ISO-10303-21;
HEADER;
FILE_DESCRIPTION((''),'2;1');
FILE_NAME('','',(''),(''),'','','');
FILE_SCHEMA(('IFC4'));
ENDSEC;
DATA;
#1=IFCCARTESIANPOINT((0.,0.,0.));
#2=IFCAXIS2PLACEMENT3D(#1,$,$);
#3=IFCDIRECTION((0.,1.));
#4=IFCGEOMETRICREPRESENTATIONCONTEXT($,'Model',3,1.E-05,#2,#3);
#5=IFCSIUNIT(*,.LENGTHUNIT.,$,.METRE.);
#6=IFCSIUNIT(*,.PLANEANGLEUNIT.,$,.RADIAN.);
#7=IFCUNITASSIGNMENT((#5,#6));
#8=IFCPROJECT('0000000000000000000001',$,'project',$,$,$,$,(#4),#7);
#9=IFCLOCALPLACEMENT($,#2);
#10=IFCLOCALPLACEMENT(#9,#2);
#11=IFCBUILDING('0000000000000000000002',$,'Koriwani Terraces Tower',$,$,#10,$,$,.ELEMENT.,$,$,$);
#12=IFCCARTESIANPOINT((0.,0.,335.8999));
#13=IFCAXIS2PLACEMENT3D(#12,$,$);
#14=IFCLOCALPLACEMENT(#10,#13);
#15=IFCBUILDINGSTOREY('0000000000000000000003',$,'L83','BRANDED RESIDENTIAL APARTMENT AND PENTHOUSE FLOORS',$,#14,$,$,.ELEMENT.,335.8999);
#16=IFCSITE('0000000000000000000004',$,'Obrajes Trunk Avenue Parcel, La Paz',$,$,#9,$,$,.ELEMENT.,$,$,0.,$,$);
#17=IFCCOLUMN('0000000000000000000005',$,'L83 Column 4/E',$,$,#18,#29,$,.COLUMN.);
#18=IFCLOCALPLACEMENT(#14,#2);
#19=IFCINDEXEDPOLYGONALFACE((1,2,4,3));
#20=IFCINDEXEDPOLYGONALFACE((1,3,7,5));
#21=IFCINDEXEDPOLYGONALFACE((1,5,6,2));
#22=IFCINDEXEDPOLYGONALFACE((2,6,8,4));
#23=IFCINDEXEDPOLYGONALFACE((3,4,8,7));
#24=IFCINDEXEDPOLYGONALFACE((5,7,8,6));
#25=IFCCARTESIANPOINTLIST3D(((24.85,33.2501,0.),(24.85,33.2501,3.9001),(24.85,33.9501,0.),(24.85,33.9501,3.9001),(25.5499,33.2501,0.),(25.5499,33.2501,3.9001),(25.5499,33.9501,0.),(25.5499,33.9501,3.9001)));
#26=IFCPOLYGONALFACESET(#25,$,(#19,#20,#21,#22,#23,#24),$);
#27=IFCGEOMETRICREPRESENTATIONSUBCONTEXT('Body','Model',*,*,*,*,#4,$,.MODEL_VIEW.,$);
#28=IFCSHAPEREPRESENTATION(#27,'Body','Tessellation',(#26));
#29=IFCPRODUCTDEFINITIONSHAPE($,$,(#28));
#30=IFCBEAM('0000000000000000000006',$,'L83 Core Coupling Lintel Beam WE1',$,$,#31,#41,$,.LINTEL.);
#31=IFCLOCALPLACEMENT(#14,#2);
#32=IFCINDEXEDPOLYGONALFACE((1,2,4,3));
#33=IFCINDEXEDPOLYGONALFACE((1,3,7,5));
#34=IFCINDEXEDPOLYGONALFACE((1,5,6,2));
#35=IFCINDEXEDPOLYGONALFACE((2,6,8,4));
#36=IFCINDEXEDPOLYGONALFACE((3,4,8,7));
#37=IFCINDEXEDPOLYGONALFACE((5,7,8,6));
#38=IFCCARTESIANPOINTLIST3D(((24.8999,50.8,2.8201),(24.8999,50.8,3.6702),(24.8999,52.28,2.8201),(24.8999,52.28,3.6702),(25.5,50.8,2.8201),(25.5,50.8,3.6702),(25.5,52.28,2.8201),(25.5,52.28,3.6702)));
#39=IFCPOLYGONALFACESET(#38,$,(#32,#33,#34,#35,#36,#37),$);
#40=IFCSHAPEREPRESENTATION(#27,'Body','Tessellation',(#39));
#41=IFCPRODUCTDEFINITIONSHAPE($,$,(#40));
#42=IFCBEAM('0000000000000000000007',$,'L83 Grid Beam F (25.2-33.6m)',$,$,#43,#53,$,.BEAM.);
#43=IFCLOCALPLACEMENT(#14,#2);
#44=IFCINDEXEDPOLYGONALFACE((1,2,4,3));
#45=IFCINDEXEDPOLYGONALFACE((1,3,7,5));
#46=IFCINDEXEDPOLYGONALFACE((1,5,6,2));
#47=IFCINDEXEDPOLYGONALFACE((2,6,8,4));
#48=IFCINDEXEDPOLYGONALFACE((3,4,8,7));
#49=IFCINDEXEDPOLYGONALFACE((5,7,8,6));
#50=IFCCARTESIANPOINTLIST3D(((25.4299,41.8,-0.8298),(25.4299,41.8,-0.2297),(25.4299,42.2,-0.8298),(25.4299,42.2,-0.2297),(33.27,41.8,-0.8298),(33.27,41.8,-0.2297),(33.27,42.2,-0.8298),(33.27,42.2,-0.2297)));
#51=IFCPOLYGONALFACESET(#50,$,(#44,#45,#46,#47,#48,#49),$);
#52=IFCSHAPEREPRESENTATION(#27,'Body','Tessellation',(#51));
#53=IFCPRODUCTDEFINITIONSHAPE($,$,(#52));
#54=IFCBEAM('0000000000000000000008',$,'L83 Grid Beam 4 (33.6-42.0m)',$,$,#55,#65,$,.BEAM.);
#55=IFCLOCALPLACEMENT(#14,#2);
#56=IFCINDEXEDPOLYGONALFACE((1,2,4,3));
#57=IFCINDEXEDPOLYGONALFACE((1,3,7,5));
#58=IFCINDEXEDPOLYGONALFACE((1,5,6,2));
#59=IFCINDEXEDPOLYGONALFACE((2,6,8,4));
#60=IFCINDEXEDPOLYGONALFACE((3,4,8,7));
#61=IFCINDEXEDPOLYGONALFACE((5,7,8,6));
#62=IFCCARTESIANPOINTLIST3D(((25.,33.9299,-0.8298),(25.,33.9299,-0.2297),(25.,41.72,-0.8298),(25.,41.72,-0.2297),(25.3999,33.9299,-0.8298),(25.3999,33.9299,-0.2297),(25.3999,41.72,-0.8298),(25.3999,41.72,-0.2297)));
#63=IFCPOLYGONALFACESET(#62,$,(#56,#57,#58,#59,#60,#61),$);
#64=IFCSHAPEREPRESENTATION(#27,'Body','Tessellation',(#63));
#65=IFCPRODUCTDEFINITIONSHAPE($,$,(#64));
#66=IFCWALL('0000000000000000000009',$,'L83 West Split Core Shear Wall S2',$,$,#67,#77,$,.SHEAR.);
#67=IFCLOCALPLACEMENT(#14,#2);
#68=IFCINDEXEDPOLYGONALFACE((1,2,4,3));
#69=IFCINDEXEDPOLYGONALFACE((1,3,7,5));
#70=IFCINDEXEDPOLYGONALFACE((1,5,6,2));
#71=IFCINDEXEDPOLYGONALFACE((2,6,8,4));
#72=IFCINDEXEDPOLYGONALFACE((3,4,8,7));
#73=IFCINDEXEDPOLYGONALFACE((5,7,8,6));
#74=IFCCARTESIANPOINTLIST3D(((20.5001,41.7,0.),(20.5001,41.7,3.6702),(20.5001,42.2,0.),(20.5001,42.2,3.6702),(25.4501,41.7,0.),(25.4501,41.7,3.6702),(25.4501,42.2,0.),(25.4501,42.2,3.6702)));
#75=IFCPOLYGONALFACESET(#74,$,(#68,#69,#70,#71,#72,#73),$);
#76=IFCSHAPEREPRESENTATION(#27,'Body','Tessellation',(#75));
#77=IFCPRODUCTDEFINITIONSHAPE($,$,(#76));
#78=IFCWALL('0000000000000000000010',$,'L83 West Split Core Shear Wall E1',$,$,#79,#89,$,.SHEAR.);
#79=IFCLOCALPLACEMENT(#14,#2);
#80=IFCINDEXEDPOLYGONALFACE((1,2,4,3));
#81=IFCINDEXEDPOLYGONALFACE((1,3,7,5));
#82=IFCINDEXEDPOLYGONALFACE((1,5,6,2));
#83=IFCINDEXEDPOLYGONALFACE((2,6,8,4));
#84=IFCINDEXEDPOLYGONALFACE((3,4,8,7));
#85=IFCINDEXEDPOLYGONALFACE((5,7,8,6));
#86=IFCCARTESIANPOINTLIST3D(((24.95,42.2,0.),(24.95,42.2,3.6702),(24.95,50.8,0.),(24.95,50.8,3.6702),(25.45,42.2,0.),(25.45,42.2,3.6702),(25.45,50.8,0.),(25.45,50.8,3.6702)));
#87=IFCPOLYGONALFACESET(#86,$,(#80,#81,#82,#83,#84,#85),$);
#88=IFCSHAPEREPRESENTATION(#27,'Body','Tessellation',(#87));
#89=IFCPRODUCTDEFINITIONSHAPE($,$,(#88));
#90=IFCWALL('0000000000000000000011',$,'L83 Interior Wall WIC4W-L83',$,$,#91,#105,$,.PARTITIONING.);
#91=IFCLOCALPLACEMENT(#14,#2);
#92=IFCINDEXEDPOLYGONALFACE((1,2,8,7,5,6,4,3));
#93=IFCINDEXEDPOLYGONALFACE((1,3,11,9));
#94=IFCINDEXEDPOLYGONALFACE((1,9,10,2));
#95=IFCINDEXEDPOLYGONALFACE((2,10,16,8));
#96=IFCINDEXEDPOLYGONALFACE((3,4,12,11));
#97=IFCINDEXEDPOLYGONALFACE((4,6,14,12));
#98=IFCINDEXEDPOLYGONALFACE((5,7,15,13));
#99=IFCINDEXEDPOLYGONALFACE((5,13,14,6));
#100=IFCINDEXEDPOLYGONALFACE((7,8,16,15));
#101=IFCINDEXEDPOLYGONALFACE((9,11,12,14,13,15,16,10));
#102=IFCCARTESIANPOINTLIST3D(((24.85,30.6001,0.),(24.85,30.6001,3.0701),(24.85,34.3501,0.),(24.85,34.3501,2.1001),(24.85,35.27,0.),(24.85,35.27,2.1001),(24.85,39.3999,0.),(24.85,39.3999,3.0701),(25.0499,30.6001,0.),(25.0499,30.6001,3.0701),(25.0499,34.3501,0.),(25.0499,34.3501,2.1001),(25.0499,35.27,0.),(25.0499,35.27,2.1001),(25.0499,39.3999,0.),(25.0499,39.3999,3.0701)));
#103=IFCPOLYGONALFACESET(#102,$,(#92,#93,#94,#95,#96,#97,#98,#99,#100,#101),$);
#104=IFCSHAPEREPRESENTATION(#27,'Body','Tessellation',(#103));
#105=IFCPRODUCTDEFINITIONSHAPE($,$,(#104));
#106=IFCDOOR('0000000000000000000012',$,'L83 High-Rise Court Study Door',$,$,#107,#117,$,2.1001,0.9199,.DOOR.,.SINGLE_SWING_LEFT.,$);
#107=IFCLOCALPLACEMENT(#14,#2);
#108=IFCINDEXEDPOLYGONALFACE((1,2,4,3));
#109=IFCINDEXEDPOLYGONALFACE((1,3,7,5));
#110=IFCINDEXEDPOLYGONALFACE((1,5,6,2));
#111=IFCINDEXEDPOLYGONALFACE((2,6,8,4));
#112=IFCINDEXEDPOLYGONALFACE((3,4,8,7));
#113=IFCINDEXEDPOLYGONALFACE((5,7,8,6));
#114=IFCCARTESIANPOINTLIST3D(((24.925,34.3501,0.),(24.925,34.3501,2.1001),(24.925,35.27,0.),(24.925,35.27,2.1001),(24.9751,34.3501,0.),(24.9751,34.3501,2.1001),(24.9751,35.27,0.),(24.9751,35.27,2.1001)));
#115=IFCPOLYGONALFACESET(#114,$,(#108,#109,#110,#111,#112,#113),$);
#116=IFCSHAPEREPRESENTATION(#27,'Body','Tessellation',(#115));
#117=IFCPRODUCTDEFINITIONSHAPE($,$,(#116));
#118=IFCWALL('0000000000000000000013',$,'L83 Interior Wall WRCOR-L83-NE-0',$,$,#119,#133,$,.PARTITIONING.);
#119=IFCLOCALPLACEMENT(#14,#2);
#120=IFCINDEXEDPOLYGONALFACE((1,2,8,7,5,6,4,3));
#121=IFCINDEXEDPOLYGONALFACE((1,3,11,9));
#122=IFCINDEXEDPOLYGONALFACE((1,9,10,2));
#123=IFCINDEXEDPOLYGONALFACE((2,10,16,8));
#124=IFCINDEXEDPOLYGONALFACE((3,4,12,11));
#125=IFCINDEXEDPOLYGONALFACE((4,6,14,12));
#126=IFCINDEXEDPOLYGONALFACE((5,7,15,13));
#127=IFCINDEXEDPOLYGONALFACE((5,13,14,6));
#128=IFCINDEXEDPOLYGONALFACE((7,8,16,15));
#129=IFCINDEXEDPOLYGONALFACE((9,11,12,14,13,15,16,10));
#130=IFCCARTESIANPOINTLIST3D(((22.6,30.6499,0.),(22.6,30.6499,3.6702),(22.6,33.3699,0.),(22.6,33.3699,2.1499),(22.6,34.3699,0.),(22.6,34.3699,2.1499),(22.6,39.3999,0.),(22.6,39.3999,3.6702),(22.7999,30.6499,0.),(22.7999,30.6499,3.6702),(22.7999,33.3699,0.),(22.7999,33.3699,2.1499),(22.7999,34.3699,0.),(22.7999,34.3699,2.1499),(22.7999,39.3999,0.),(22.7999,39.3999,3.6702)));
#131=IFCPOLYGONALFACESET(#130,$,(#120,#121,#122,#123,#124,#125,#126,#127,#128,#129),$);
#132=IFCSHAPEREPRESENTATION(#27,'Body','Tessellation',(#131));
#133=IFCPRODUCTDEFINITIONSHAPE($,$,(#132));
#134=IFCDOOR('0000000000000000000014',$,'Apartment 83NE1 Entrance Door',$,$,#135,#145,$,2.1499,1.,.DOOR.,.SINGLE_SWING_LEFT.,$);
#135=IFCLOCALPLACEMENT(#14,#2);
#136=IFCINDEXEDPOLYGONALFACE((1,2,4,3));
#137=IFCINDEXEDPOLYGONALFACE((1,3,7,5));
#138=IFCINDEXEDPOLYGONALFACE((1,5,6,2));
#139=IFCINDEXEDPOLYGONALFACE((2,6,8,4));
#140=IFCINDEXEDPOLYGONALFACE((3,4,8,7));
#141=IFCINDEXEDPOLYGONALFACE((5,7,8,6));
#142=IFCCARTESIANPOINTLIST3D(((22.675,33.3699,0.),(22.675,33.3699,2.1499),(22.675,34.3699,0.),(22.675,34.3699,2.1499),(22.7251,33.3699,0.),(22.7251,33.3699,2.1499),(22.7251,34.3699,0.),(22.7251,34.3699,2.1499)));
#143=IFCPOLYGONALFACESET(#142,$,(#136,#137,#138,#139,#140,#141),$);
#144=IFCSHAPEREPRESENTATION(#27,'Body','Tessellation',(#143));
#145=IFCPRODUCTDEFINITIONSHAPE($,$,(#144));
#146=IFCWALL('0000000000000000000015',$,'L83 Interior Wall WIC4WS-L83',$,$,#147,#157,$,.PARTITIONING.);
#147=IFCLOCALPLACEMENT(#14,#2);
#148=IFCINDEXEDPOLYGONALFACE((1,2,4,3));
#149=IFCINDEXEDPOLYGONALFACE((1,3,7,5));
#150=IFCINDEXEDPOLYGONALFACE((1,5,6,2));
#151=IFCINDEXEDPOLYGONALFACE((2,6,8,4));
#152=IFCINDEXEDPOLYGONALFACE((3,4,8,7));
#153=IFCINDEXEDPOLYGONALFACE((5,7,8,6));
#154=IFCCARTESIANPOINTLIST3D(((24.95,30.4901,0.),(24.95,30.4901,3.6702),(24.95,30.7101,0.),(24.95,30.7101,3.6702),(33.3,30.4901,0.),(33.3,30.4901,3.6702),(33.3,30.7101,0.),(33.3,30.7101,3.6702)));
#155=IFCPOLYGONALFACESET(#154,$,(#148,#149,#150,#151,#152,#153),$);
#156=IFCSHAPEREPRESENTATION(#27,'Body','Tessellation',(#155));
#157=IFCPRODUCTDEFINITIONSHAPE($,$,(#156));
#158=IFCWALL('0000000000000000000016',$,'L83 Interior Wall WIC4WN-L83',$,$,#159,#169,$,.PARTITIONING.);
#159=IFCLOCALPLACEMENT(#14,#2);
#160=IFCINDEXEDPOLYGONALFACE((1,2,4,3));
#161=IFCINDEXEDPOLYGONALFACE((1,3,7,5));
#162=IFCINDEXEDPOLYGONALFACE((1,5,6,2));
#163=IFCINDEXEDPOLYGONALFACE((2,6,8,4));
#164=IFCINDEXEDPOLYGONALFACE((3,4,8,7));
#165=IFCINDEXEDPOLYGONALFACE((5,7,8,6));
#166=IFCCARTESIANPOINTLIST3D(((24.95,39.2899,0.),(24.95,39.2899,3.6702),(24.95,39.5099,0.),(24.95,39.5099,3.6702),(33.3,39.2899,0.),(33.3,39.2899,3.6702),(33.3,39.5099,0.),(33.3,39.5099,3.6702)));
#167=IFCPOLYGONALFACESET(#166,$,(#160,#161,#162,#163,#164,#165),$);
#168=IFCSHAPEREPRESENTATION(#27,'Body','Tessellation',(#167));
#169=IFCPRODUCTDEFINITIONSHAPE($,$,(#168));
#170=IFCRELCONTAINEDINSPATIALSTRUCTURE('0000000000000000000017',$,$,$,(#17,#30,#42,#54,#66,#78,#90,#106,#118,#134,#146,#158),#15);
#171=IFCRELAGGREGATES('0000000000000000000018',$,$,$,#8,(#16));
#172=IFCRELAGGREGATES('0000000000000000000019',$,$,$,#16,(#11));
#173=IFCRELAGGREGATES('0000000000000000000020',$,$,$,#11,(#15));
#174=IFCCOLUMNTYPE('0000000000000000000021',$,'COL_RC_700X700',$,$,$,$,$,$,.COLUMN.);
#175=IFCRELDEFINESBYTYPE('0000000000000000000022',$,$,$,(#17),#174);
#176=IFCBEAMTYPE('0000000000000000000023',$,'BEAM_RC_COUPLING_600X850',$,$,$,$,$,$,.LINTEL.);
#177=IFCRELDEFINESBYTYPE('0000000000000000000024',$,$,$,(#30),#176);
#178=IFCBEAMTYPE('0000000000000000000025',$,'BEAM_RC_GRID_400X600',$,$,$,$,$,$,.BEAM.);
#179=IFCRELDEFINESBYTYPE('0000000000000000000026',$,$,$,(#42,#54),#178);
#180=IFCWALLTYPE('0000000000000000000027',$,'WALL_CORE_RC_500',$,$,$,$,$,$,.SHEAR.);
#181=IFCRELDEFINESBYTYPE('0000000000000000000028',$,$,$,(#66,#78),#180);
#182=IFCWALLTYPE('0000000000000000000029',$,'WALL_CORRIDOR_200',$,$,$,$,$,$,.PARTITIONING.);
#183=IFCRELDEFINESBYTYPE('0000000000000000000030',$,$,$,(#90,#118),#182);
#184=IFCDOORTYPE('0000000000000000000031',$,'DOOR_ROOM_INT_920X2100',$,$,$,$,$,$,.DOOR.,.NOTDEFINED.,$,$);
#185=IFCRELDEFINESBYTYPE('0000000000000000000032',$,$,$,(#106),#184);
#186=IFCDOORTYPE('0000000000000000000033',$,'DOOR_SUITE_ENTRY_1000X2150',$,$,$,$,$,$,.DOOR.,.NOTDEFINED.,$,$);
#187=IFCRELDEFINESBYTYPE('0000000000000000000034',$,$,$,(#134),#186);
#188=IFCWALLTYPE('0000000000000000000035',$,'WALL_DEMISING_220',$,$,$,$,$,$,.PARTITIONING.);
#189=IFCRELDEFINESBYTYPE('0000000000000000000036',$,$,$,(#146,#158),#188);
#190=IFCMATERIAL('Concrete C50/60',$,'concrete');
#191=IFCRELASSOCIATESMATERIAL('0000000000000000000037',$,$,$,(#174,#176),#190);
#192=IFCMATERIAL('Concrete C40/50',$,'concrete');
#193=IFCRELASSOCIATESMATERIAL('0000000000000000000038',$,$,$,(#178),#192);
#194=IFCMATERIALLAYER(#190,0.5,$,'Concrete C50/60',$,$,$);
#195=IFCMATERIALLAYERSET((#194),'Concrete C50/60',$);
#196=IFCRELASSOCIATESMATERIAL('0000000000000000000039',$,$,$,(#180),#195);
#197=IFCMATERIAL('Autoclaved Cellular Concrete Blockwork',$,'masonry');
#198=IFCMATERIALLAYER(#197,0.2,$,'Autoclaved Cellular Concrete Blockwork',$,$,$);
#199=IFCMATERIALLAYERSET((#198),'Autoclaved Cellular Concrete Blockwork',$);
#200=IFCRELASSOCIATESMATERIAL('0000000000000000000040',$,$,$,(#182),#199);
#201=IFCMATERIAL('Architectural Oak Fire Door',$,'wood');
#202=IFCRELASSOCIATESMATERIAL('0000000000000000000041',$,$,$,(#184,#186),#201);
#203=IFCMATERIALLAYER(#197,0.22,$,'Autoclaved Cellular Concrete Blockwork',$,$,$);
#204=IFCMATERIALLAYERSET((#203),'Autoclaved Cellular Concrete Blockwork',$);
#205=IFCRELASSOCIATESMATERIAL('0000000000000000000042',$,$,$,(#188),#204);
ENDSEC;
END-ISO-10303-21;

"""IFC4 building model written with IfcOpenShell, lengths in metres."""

from ifc_helpers import new_model, si_unit, direction, frame, frame_2d, origin, origin_2d, place, context, subcontext, project, spatial, rectangle, extrude, material, layer, layer_set, material_profile, profile_set, type_object, element, fill, save


model = new_model("IFC4")

# Units and contexts
model_context = context("Model", 3, precision=1e-05, world=origin(), true_north=direction((0.0, 1.0)))
body_context = subcontext(model_context, "Body", "Model", "MODEL_VIEW")
ifc_project = project(units=[si_unit("LENGTHUNIT", "METRE"), si_unit("PLANEANGLEUNIT", "RADIAN")], contexts=[model_context])

# Site, building, storey
site_placement = place(None, origin())
site = spatial("IfcSite", under=ifc_project, at=site_placement, Name="Obrajes Trunk Avenue Parcel, La Paz", CompositionType="ELEMENT", RefElevation=0.0)
building_placement = place(site_placement, origin())
building = spatial("IfcBuilding", under=site, at=building_placement, Name="Koriwani Terraces Tower", CompositionType="ELEMENT")
storey_placement = place(building_placement, frame((0.0, 0.0, 335.8999)))
storey = spatial("IfcBuildingStorey", under=building, at=storey_placement, Name="L83", Description="BRANDED RESIDENTIAL APARTMENT AND PENTHOUSE FLOORS", CompositionType="ELEMENT", Elevation=335.8999)

# Column
ifc_material_1 = material(Name="Concrete C50/60", Category="concrete")
ifc_material_profile_1 = material_profile(ifc_material_1, rectangle(XDim=0.7, YDim=0.7, at=origin_2d()), Name="Concrete C50/60", Category="LoadBearing")
ifc_profile_set_1 = profile_set([ifc_material_profile_1], Name="Concrete C50/60")
column_type = type_object("IfcColumnType", Name="COL_RC_700X700", PredefinedType="COLUMN", material=ifc_profile_set_1)
column_placement = place(storey_placement, frame((25.2, 33.6001, 0.0), z_axis=(0.0, 0.0, 1.0), x_axis=(1.0, 0.0, 0.0)))
element("IfcColumn", 1, at=column_placement, inside=storey, type_object=column_type, Name="L83 Column 4/E", PredefinedType="COLUMN", context=body_context, shape_type="SweptSolid", body=[
    extrude(rectangle(XDim=0.7, YDim=0.7, at=origin_2d()), origin(), (0.0, 0.0, 1.0), 3.9001),
])

# Beams
ifc_material_profile_2 = material_profile(ifc_material_1, rectangle(XDim=0.6001, YDim=0.8501, at=origin_2d()), Name="Concrete C50/60", Category="LoadBearing")
ifc_profile_set_2 = profile_set([ifc_material_profile_2], Name="Concrete C50/60")
beam_type_1 = type_object("IfcBeamType", Name="BEAM_RC_COUPLING_600X850", PredefinedType="LINTEL", material=ifc_profile_set_2)
beam_1_placement = place(storey_placement, frame((25.2, 50.8, 3.2451), z_axis=(0.0, 1.0, 0.0), x_axis=(-1.0, 0.0, 0.0)))
element("IfcBeam", 2, at=beam_1_placement, inside=storey, type_object=beam_type_1, Name="L83 Core Coupling Lintel Beam WE1", PredefinedType="LINTEL", context=body_context, shape_type="SweptSolid", body=[
    extrude(rectangle(XDim=0.6001, YDim=0.8501, at=origin_2d()), origin(), (0.0, 0.0, 1.0), 1.48),
])
ifc_material_2 = material(Name="Concrete C40/50", Category="concrete")
ifc_material_profile_3 = material_profile(ifc_material_2, rectangle(XDim=0.3999, YDim=0.6001, at=origin_2d()), Name="Concrete C40/50", Category="LoadBearing")
ifc_profile_set_3 = profile_set([ifc_material_profile_3], Name="Concrete C40/50")
beam_type_2 = type_object("IfcBeamType", Name="BEAM_RC_GRID_400X600", PredefinedType="BEAM", material=ifc_profile_set_3)
beam_2_placement = place(storey_placement, frame((25.4299, 42.0, -0.5298), z_axis=(1.0, 0.0, 0.0), x_axis=(0.0, 1.0, 0.0)))
element("IfcBeam", 3, at=beam_2_placement, inside=storey, type_object=beam_type_2, Name="L83 Grid Beam F (25.2-33.6m)", PredefinedType="BEAM", context=body_context, shape_type="SweptSolid", body=[
    extrude(rectangle(XDim=0.3999, YDim=0.6001, at=origin_2d()), origin(), (0.0, 0.0, 1.0), 7.8401),
])
beam_3_placement = place(storey_placement, frame((25.2, 33.9299, -0.5298), z_axis=(0.0, 1.0, 0.0), x_axis=(-1.0, 0.0, 0.0)))
element("IfcBeam", 4, at=beam_3_placement, inside=storey, type_object=beam_type_2, Name="L83 Grid Beam 4 (33.6-42.0m)", PredefinedType="BEAM", context=body_context, shape_type="SweptSolid", body=[
    extrude(rectangle(XDim=0.3999, YDim=0.6001, at=origin_2d()), origin(), (0.0, 0.0, 1.0), 7.79),
])

# Walls
ifc_layer_1 = layer(ifc_material_1, 0.5, Name="Concrete C50/60")
ifc_layer_set_1 = layer_set([ifc_layer_1], Name="Concrete C50/60")
wall_type_1 = type_object("IfcWallType", Name="WALL_CORE_RC_500", PredefinedType="SHEAR", material=ifc_layer_set_1)
wall_1_placement = place(storey_placement, frame((20.5, 41.95, 0.0), z_axis=(0.0, 0.0, 1.0), x_axis=(1.0, 0.0, 0.0)))
element("IfcWall", 5, at=wall_1_placement, inside=storey, type_object=wall_type_1, Name="L83 West Split Core Shear Wall S2", PredefinedType="SHEAR", context=body_context, shape_type="SweptSolid", body=[
    extrude(rectangle(XDim=4.95, YDim=0.5, at=frame_2d((2.4751, 0.0))), origin(), (0.0, 0.0, 1.0), 3.6702),
])
wall_2_placement = place(storey_placement, frame((25.2, 42.2, 0.0), z_axis=(0.0, 0.0, 1.0), x_axis=(0.0, 1.0, 0.0)))
element("IfcWall", 6, at=wall_2_placement, inside=storey, type_object=wall_type_1, Name="L83 West Split Core Shear Wall E1", PredefinedType="SHEAR", context=body_context, shape_type="SweptSolid", body=[
    extrude(rectangle(XDim=8.6001, YDim=0.5, at=frame_2d((4.3, 0.0))), origin(), (0.0, 0.0, 1.0), 3.6702),
])

# Walls, openings, doors
ifc_material_3 = material(Name="Autoclaved Cellular Concrete Blockwork", Category="masonry")
ifc_layer_2 = layer(ifc_material_3, 0.2, Name="Autoclaved Cellular Concrete Blockwork")
ifc_layer_set_2 = layer_set([ifc_layer_2], Name="Autoclaved Cellular Concrete Blockwork")
wall_type_2 = type_object("IfcWallType", Name="WALL_CORRIDOR_200", PredefinedType="PARTITIONING", material=ifc_layer_set_2)
wall_3_placement = place(storey_placement, frame((24.95, 30.6001, 0.0), z_axis=(0.0, 0.0, 1.0), x_axis=(0.0, 1.0, 0.0)))
wall_3 = element("IfcWall", 7, at=wall_3_placement, inside=storey, type_object=wall_type_2, Name="L83 Interior Wall WIC4W-L83", PredefinedType="PARTITIONING", context=body_context, shape_type="SweptSolid", body=[
    extrude(rectangle(XDim=8.7998, YDim=0.2, at=frame_2d((4.3999, 0.0))), origin(), (0.0, 0.0, 1.0), 3.0701),
])
opening_1_placement = place(wall_3_placement, frame((3.75, 0.0, 0.0)))
opening_1 = element("IfcOpeningElement", 8, at=opening_1_placement, cuts=wall_3, PredefinedType="OPENING", context=body_context, shape_type="SweptSolid", body=[
    extrude(rectangle(XDim=0.9199, YDim=2.1001, at=frame_2d((0.46, 1.05))), frame((0.0, 0.1099, 0.0), z_axis=(0.0, -1.0, 0.0), x_axis=(1.0, 0.0, 0.0)), (0.0, 0.0, 1.0), 0.22),
])
ifc_material_4 = material(Name="Architectural Oak Fire Door", Category="wood")
door_type_1 = type_object("IfcDoorType", Name="DOOR_ROOM_INT_920X2100", OperationType="NOTDEFINED", PredefinedType="DOOR", material=ifc_material_4)
door_1_placement = place(opening_1_placement, origin())
door_1 = element("IfcDoor", 9, at=door_1_placement, inside=storey, type_object=door_type_1, Name="L83 High-Rise Court Study Door", OperationType="SINGLE_SWING_LEFT", OverallHeight=2.1001, OverallWidth=0.9199, PredefinedType="DOOR", context=body_context, shape_type="SweptSolid", body=[
    extrude(rectangle(XDim=0.9199, YDim=2.1001, at=frame_2d((0.46, 1.05))), frame((0.0, 0.0249, 0.0), z_axis=(0.0, -1.0, 0.0), x_axis=(1.0, 0.0, 0.0)), (0.0, 0.0, 1.0), 0.05),
])
fill(opening_1, door_1)
wall_4_placement = place(storey_placement, frame((22.7, 30.6499, 0.0), z_axis=(0.0, 0.0, 1.0), x_axis=(0.0, 1.0, 0.0)))
wall_4 = element("IfcWall", 10, at=wall_4_placement, inside=storey, type_object=wall_type_2, Name="L83 Interior Wall WRCOR-L83-NE-0", PredefinedType="PARTITIONING", context=body_context, shape_type="SweptSolid", body=[
    extrude(rectangle(XDim=8.75, YDim=0.2, at=frame_2d((4.375, 0.0))), origin(), (0.0, 0.0, 1.0), 3.6702),
])
opening_2_placement = place(wall_4_placement, frame((2.72, 0.0, 0.0)))
opening_2 = element("IfcOpeningElement", 11, at=opening_2_placement, cuts=wall_4, PredefinedType="OPENING", context=body_context, shape_type="SweptSolid", body=[
    extrude(rectangle(XDim=1.0, YDim=2.1499, at=frame_2d((0.5, 1.075))), frame((0.0, 0.1099, 0.0), z_axis=(0.0, -1.0, 0.0), x_axis=(1.0, 0.0, 0.0)), (0.0, 0.0, 1.0), 0.22),
])
door_type_2 = type_object("IfcDoorType", Name="DOOR_SUITE_ENTRY_1000X2150", OperationType="NOTDEFINED", PredefinedType="DOOR", material=ifc_material_4)
door_2_placement = place(opening_2_placement, origin())
door_2 = element("IfcDoor", 12, at=door_2_placement, inside=storey, type_object=door_type_2, Name="Apartment 83NE1 Entrance Door", OperationType="SINGLE_SWING_LEFT", OverallHeight=2.1499, OverallWidth=1.0, PredefinedType="DOOR", context=body_context, shape_type="SweptSolid", body=[
    extrude(rectangle(XDim=1.0, YDim=2.1499, at=frame_2d((0.5, 1.075))), frame((0.0, 0.0249, 0.0), z_axis=(0.0, -1.0, 0.0), x_axis=(1.0, 0.0, 0.0)), (0.0, 0.0, 1.0), 0.05),
])
fill(opening_2, door_2)

# Walls
ifc_layer_3 = layer(ifc_material_3, 0.22, Name="Autoclaved Cellular Concrete Blockwork")
ifc_layer_set_3 = layer_set([ifc_layer_3], Name="Autoclaved Cellular Concrete Blockwork")
wall_type_3 = type_object("IfcWallType", Name="WALL_DEMISING_220", PredefinedType="PARTITIONING", material=ifc_layer_set_3)
for number, where, z_axis, x_axis, name in (
    (13, (24.95, 30.6001, 0.0), (0.0, 0.0, 1.0), (1.0, 0.0, 0.0), "L83 Interior Wall WIC4WS-L83"),
    (14, (24.95, 39.3999, 0.0), (0.0, 0.0, 1.0), (1.0, 0.0, 0.0), "L83 Interior Wall WIC4WN-L83"),
):
    element("IfcWall", number, at=place(storey_placement, frame(where, z_axis=z_axis, x_axis=x_axis)), inside=storey, type_object=wall_type_3, Name=name, PredefinedType="PARTITIONING", context=body_context, shape_type="SweptSolid", body=[
        extrude(rectangle(XDim=8.3501, YDim=0.22, at=frame_2d((4.175, 0.0))), origin(), (0.0, 0.0, 1.0), 3.6702),
    ])

save(model, "model.ifc")
